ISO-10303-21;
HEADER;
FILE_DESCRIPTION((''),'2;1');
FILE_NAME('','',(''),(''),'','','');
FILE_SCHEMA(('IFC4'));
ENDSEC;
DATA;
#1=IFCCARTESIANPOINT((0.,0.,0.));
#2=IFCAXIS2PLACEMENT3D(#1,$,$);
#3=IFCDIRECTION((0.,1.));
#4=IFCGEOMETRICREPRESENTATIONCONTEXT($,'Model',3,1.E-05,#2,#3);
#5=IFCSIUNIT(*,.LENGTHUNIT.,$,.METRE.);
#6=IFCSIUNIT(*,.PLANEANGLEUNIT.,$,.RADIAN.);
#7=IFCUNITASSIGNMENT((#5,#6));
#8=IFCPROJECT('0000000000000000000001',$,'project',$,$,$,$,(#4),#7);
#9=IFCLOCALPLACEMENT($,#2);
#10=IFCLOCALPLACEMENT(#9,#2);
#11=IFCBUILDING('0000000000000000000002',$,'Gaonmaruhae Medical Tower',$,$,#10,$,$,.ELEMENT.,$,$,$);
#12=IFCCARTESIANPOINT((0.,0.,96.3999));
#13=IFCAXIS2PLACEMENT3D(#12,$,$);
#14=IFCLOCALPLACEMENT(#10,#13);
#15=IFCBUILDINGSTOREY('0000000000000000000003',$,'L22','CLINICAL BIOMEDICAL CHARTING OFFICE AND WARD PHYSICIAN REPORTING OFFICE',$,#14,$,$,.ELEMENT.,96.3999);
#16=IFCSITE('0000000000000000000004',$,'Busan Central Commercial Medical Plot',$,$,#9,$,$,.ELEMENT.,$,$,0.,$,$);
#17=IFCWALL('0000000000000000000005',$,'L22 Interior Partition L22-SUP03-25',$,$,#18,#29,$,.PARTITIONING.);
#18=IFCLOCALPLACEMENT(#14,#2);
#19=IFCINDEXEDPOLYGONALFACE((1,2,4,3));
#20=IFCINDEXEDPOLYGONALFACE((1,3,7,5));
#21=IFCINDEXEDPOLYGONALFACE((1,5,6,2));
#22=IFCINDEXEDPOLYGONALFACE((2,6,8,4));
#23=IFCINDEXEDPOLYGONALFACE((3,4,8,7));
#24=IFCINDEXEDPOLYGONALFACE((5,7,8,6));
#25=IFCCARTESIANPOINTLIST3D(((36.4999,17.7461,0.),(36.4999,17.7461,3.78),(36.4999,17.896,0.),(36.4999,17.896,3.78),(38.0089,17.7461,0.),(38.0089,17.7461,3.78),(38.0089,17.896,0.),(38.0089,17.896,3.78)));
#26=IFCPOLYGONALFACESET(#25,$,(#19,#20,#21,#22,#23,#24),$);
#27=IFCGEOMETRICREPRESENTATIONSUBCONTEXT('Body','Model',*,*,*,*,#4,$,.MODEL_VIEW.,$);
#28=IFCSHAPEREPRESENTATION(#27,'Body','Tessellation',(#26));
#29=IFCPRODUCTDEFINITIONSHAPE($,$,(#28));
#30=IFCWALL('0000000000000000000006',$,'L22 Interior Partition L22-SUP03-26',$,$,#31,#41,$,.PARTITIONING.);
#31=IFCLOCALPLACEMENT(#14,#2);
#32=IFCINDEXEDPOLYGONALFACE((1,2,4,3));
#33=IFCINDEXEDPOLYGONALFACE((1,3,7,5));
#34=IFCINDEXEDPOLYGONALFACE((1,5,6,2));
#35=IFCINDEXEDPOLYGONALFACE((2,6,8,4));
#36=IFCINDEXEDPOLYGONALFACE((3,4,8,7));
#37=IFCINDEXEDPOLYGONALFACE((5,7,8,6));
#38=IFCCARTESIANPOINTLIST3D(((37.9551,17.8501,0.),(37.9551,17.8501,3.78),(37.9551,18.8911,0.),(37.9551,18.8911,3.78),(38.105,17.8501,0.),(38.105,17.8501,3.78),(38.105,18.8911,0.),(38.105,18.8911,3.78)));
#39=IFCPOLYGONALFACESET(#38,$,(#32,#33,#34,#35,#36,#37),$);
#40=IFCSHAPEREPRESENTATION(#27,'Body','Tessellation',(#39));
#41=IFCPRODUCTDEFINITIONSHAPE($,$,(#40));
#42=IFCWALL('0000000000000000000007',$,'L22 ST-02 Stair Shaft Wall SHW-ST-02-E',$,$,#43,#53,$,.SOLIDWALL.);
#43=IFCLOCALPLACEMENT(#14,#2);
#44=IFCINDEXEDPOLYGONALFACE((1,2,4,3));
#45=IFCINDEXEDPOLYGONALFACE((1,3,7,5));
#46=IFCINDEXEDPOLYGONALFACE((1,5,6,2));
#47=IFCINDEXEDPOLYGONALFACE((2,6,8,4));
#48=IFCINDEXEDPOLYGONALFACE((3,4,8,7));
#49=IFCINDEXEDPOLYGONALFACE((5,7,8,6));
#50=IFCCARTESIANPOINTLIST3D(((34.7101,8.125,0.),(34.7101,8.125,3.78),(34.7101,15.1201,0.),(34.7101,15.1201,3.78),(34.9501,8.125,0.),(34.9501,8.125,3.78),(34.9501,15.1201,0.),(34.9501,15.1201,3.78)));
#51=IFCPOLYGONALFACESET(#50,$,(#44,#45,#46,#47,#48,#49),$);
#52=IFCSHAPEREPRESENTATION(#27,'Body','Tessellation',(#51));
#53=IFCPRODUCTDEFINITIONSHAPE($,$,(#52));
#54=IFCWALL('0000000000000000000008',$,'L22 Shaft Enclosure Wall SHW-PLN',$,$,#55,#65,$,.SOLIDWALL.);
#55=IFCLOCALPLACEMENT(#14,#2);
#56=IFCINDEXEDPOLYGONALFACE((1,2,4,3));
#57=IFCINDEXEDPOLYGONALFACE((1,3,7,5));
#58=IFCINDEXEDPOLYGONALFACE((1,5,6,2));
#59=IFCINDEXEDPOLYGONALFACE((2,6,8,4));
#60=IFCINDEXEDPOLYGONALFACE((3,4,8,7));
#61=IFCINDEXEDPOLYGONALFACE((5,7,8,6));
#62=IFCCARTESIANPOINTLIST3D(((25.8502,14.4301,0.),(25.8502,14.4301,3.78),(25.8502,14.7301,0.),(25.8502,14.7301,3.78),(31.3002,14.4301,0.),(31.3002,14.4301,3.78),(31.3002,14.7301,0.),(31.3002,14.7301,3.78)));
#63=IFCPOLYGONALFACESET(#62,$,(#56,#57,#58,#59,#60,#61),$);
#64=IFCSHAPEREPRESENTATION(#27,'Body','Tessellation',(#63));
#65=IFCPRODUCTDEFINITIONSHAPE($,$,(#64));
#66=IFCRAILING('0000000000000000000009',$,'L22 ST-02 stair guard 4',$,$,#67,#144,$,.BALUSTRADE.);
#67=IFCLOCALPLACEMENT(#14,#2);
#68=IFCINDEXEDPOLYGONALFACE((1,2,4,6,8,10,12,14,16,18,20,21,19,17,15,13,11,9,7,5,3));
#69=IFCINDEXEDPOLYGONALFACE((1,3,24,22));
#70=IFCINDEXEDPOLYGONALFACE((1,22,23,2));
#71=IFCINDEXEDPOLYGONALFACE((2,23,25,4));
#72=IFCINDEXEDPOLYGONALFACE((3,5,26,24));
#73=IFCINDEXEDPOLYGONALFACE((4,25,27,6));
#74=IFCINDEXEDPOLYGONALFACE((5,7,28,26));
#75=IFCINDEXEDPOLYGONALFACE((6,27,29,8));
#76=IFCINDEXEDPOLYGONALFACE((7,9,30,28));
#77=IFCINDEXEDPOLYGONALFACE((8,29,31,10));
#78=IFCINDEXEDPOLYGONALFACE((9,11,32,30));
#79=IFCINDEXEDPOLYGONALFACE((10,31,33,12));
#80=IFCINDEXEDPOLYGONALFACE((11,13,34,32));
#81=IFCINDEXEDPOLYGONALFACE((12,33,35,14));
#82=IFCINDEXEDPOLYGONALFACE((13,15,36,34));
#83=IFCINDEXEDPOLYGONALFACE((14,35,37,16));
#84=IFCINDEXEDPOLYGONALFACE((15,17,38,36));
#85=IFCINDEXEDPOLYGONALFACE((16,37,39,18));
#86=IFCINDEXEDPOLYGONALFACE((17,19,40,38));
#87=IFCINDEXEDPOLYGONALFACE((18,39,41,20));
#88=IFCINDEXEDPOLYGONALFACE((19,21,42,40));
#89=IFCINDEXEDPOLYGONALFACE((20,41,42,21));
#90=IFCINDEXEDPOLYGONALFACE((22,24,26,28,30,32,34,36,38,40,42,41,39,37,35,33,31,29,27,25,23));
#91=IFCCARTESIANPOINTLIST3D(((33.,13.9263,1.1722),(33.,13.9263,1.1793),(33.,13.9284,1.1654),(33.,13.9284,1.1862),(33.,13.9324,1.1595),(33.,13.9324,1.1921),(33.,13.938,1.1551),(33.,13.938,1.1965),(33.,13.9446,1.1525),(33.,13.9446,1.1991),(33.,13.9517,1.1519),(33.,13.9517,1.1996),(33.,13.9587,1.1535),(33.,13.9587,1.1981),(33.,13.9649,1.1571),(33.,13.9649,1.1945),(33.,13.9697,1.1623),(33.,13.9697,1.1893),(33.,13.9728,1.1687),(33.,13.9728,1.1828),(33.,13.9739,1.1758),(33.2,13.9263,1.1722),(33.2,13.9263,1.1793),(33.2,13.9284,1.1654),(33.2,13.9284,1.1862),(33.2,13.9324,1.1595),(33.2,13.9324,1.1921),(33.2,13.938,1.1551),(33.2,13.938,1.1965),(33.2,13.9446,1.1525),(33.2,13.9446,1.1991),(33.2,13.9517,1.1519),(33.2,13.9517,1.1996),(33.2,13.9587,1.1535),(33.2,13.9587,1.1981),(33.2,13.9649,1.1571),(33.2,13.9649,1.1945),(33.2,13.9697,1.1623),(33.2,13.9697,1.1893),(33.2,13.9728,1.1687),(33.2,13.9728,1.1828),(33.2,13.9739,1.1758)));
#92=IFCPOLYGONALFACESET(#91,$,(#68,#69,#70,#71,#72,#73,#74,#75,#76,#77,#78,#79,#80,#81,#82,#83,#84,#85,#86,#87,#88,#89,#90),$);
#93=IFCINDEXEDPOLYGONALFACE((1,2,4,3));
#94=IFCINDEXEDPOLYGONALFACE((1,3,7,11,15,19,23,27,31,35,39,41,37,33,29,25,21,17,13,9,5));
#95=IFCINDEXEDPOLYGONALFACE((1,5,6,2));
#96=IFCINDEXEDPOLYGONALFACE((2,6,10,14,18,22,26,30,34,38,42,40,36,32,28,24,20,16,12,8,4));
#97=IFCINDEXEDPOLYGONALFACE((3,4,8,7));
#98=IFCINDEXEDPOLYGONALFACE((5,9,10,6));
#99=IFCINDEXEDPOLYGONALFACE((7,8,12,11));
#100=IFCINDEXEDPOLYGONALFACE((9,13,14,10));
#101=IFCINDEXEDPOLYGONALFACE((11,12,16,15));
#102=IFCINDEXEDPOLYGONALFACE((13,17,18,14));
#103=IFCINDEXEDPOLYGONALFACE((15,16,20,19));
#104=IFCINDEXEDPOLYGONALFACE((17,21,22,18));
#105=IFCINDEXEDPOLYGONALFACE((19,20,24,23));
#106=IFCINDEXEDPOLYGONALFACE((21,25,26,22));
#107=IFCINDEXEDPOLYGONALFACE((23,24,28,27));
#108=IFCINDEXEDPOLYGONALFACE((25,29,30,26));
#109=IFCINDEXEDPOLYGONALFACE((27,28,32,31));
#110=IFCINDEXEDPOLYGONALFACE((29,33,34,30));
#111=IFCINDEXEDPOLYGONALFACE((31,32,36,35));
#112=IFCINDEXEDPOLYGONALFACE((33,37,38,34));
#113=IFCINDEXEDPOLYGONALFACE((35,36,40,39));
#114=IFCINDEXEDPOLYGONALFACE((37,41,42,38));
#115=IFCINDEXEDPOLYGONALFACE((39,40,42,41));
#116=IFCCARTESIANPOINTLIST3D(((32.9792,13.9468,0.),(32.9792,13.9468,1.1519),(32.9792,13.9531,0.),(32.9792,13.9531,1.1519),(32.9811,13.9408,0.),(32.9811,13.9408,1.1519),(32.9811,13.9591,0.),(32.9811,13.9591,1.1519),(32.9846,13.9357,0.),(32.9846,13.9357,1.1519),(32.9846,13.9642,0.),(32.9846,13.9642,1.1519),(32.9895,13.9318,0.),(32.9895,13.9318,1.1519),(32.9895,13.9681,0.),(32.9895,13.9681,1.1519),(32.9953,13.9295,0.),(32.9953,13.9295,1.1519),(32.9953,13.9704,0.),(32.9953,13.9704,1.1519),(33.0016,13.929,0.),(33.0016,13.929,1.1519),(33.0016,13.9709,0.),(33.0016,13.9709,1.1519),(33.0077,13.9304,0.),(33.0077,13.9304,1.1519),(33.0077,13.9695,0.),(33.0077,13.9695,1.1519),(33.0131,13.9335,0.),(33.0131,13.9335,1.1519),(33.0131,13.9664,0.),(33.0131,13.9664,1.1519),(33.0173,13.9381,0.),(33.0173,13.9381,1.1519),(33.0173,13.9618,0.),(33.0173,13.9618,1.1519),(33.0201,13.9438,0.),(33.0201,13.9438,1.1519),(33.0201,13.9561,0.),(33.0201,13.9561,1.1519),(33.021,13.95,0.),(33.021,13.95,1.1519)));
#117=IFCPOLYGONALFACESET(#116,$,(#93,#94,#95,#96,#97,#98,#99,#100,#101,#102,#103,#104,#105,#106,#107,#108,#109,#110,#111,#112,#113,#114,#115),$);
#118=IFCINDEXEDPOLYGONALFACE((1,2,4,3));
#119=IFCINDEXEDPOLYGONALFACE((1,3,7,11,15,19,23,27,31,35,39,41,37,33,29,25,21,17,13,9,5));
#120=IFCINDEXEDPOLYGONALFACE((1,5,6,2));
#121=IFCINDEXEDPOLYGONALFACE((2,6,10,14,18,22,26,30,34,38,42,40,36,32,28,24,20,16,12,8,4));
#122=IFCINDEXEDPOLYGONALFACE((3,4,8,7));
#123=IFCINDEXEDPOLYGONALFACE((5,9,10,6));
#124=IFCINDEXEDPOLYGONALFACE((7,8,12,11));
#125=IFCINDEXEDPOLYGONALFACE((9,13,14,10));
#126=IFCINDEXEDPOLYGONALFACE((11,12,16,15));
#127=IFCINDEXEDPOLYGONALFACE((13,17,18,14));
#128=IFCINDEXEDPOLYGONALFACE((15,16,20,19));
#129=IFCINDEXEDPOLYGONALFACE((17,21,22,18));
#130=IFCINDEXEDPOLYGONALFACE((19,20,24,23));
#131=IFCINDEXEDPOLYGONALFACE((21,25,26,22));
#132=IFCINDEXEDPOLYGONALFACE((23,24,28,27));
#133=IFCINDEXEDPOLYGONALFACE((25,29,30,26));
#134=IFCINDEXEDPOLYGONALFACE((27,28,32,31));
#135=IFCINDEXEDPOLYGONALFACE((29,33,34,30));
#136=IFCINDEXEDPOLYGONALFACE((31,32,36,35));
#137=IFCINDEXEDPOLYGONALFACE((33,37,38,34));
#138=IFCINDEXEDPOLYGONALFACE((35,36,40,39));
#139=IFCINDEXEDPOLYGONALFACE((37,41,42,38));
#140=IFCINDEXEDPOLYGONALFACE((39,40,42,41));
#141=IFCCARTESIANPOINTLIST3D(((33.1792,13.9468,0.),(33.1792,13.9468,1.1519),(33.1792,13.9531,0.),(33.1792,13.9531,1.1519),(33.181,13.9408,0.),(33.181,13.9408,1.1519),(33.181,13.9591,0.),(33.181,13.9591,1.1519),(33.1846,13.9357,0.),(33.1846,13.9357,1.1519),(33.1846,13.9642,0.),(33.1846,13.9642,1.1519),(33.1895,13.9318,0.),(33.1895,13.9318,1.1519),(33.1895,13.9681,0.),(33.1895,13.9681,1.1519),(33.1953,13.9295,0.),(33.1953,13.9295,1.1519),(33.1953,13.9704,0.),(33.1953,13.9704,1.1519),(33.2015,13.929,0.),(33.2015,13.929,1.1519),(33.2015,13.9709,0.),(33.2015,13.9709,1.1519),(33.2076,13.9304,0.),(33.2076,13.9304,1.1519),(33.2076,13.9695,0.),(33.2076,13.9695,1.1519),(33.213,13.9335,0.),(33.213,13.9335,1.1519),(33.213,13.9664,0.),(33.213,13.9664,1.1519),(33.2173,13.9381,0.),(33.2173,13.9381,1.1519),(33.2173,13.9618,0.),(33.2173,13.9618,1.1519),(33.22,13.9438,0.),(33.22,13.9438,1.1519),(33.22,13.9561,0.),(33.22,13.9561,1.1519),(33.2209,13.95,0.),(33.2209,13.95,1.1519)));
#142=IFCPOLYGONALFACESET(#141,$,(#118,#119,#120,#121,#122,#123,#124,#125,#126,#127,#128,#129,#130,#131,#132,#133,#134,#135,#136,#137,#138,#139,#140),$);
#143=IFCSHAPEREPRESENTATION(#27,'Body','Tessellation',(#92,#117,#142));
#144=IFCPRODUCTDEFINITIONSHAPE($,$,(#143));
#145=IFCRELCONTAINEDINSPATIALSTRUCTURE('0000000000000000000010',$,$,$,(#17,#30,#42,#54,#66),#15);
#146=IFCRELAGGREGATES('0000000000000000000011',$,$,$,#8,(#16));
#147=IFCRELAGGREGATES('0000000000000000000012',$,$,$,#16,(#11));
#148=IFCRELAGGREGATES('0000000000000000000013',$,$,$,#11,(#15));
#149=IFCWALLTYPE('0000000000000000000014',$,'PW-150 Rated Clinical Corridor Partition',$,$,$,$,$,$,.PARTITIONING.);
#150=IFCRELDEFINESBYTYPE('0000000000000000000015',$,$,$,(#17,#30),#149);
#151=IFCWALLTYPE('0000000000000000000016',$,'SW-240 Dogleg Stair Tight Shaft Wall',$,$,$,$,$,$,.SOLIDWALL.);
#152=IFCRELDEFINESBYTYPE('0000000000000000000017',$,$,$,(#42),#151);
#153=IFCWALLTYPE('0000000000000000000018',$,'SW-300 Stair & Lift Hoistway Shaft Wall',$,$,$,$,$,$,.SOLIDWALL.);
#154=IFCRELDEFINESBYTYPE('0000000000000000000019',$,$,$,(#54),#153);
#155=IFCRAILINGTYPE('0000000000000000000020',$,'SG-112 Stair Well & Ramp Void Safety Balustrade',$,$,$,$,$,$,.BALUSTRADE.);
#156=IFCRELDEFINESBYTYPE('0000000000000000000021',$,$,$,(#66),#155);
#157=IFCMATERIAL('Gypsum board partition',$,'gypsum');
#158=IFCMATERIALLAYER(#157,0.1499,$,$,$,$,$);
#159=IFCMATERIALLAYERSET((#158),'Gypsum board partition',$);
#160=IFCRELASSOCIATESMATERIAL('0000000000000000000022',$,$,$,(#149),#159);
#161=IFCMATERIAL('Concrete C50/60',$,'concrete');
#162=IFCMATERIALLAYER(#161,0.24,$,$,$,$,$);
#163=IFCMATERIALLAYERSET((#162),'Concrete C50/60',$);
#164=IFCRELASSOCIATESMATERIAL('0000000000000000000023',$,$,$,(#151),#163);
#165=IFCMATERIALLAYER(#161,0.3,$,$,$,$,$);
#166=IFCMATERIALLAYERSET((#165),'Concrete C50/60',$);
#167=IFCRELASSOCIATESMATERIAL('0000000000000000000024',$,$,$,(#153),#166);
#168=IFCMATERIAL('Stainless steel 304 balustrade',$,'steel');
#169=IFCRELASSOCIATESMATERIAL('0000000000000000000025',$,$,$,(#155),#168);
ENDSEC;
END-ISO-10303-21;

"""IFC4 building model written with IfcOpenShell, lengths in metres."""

from ifc_helpers import new_model, si_unit, direction, frame, frame_2d, origin, origin_2d, place, context, subcontext, project, spatial, rectangle, circle, extrude, material, layer, layer_set, type_object, element, save


model = new_model("IFC4")

# Units and contexts
model_context = context("Model", 3, precision=1e-05, world=origin(), true_north=direction((0.0, 1.0)))
body_context = subcontext(model_context, "Body", "Model", "MODEL_VIEW")
ifc_project = project(units=[si_unit("LENGTHUNIT", "METRE"), si_unit("PLANEANGLEUNIT", "RADIAN")], contexts=[model_context])

# Site, building, storey
site_placement = place(None, origin())
site = spatial("IfcSite", under=ifc_project, at=site_placement, Name="Busan Central Commercial Medical Plot", CompositionType="ELEMENT", RefElevation=0.0)
building_placement = place(site_placement, origin())
building = spatial("IfcBuilding", under=site, at=building_placement, Name="Gaonmaruhae Medical Tower", CompositionType="ELEMENT")
storey_placement = place(building_placement, frame((0.0, 0.0, 96.3999)))
storey = spatial("IfcBuildingStorey", under=building, at=storey_placement, Name="L22", Description="CLINICAL BIOMEDICAL CHARTING OFFICE AND WARD PHYSICIAN REPORTING OFFICE", CompositionType="ELEMENT", Elevation=96.3999)

# Walls
ifc_material_1 = material(Name="Gypsum board partition", Category="gypsum")
ifc_layer_1 = layer(ifc_material_1, 0.1499)
ifc_layer_set_1 = layer_set([ifc_layer_1], Name="Gypsum board partition")
wall_type_1 = type_object("IfcWallType", Name="PW-150 Rated Clinical Corridor Partition", PredefinedType="PARTITIONING", material=ifc_layer_set_1)
wall_1_placement = place(storey_placement, frame((36.5, 17.821, 0.0), z_axis=(0.0, 0.0, 1.0), x_axis=(1.0, 0.0, 0.0)))
element("IfcWall", 1, at=wall_1_placement, inside=storey, type_object=wall_type_1, Name="L22 Interior Partition L22-SUP03-25", PredefinedType="PARTITIONING", context=body_context, shape_type="SweptSolid", body=[
    extrude(rectangle(XDim=1.509, YDim=0.1499, at=frame_2d((0.7544, 0.0))), origin(), (0.0, 0.0, 1.0), 3.78),
])
wall_2_placement = place(storey_placement, frame((38.03, 17.8501, 0.0), z_axis=(0.0, 0.0, 1.0), x_axis=(0.0, 1.0, 0.0)))
element("IfcWall", 2, at=wall_2_placement, inside=storey, type_object=wall_type_1, Name="L22 Interior Partition L22-SUP03-26", PredefinedType="PARTITIONING", context=body_context, shape_type="SweptSolid", body=[
    extrude(rectangle(XDim=1.041, YDim=0.1499, at=frame_2d((0.5205, 0.0))), origin(), (0.0, 0.0, 1.0), 3.78),
])

# Shared definitions
ifc_material_2 = material(Name="Concrete C50/60", Category="concrete")
ifc_layer_2 = layer(ifc_material_2, 0.24)
ifc_layer_set_2 = layer_set([ifc_layer_2], Name="Concrete C50/60")
wall_type_2 = type_object("IfcWallType", Name="SW-240 Dogleg Stair Tight Shaft Wall", PredefinedType="SOLIDWALL", material=ifc_layer_set_2)

# Walls
wall_3_placement = place(storey_placement, frame((34.8301, 15.1201, 0.0), z_axis=(0.0, 0.0, 1.0), x_axis=(0.0, -1.0, 0.0)))
element("IfcWall", 3, at=wall_3_placement, inside=storey, type_object=wall_type_2, Name="L22 ST-02 Stair Shaft Wall SHW-ST-02-E", PredefinedType="SOLIDWALL", context=body_context, shape_type="SweptSolid", body=[
    extrude(rectangle(XDim=6.9951, YDim=0.24, at=frame_2d((3.4976, 0.0))), origin(), (0.0, 0.0, 1.0), 3.78),
])
ifc_layer_3 = layer(ifc_material_2, 0.3)
ifc_layer_set_3 = layer_set([ifc_layer_3], Name="Concrete C50/60")
wall_type_3 = type_object("IfcWallType", Name="SW-300 Stair & Lift Hoistway Shaft Wall", PredefinedType="SOLIDWALL", material=ifc_layer_set_3)
wall_4_placement = place(storey_placement, frame((25.8501, 14.5801, 0.0), z_axis=(0.0, 0.0, 1.0), x_axis=(1.0, 0.0, 0.0)))
element("IfcWall", 4, at=wall_4_placement, inside=storey, type_object=wall_type_3, Name="L22 Shaft Enclosure Wall SHW-PLN", PredefinedType="SOLIDWALL", context=body_context, shape_type="SweptSolid", body=[
    extrude(rectangle(XDim=5.45, YDim=0.3, at=frame_2d((2.7251, 0.0))), origin(), (0.0, 0.0, 1.0), 3.78),
])

# Railing
ifc_material_3 = material(Name="Stainless steel 304 balustrade", Category="steel")
railing_type = type_object("IfcRailingType", Name="SG-112 Stair Well & Ramp Void Safety Balustrade", PredefinedType="BALUSTRADE", material=ifc_material_3)
railing_1_placement = place(storey_placement, frame((33.0, 13.95, 0.0)))
element("IfcRailing", 5, at=railing_1_placement, inside=storey, type_object=railing_type, Name="L22 ST-02 stair guard 4", PredefinedType="BALUSTRADE", context=body_context, shape_type="SweptSolid", body=[
    extrude(circle(Radius=0.0239, at=origin_2d()), frame((0.0, 0.0, 1.1758), z_axis=(1.0, 0.0, 0.0), x_axis=(0.0, 1.0, 0.0)), (0.0, 0.0, 1.0), 0.2),
    extrude(circle(Radius=0.021, at=origin_2d()), origin(), (0.0, 0.0, 1.0), 1.1519),
    extrude(circle(Radius=0.021, at=origin_2d()), frame((0.2, 0.0, 0.0)), (0.0, 0.0, 1.0), 1.1519),
])

save(model, "model.ifc")
